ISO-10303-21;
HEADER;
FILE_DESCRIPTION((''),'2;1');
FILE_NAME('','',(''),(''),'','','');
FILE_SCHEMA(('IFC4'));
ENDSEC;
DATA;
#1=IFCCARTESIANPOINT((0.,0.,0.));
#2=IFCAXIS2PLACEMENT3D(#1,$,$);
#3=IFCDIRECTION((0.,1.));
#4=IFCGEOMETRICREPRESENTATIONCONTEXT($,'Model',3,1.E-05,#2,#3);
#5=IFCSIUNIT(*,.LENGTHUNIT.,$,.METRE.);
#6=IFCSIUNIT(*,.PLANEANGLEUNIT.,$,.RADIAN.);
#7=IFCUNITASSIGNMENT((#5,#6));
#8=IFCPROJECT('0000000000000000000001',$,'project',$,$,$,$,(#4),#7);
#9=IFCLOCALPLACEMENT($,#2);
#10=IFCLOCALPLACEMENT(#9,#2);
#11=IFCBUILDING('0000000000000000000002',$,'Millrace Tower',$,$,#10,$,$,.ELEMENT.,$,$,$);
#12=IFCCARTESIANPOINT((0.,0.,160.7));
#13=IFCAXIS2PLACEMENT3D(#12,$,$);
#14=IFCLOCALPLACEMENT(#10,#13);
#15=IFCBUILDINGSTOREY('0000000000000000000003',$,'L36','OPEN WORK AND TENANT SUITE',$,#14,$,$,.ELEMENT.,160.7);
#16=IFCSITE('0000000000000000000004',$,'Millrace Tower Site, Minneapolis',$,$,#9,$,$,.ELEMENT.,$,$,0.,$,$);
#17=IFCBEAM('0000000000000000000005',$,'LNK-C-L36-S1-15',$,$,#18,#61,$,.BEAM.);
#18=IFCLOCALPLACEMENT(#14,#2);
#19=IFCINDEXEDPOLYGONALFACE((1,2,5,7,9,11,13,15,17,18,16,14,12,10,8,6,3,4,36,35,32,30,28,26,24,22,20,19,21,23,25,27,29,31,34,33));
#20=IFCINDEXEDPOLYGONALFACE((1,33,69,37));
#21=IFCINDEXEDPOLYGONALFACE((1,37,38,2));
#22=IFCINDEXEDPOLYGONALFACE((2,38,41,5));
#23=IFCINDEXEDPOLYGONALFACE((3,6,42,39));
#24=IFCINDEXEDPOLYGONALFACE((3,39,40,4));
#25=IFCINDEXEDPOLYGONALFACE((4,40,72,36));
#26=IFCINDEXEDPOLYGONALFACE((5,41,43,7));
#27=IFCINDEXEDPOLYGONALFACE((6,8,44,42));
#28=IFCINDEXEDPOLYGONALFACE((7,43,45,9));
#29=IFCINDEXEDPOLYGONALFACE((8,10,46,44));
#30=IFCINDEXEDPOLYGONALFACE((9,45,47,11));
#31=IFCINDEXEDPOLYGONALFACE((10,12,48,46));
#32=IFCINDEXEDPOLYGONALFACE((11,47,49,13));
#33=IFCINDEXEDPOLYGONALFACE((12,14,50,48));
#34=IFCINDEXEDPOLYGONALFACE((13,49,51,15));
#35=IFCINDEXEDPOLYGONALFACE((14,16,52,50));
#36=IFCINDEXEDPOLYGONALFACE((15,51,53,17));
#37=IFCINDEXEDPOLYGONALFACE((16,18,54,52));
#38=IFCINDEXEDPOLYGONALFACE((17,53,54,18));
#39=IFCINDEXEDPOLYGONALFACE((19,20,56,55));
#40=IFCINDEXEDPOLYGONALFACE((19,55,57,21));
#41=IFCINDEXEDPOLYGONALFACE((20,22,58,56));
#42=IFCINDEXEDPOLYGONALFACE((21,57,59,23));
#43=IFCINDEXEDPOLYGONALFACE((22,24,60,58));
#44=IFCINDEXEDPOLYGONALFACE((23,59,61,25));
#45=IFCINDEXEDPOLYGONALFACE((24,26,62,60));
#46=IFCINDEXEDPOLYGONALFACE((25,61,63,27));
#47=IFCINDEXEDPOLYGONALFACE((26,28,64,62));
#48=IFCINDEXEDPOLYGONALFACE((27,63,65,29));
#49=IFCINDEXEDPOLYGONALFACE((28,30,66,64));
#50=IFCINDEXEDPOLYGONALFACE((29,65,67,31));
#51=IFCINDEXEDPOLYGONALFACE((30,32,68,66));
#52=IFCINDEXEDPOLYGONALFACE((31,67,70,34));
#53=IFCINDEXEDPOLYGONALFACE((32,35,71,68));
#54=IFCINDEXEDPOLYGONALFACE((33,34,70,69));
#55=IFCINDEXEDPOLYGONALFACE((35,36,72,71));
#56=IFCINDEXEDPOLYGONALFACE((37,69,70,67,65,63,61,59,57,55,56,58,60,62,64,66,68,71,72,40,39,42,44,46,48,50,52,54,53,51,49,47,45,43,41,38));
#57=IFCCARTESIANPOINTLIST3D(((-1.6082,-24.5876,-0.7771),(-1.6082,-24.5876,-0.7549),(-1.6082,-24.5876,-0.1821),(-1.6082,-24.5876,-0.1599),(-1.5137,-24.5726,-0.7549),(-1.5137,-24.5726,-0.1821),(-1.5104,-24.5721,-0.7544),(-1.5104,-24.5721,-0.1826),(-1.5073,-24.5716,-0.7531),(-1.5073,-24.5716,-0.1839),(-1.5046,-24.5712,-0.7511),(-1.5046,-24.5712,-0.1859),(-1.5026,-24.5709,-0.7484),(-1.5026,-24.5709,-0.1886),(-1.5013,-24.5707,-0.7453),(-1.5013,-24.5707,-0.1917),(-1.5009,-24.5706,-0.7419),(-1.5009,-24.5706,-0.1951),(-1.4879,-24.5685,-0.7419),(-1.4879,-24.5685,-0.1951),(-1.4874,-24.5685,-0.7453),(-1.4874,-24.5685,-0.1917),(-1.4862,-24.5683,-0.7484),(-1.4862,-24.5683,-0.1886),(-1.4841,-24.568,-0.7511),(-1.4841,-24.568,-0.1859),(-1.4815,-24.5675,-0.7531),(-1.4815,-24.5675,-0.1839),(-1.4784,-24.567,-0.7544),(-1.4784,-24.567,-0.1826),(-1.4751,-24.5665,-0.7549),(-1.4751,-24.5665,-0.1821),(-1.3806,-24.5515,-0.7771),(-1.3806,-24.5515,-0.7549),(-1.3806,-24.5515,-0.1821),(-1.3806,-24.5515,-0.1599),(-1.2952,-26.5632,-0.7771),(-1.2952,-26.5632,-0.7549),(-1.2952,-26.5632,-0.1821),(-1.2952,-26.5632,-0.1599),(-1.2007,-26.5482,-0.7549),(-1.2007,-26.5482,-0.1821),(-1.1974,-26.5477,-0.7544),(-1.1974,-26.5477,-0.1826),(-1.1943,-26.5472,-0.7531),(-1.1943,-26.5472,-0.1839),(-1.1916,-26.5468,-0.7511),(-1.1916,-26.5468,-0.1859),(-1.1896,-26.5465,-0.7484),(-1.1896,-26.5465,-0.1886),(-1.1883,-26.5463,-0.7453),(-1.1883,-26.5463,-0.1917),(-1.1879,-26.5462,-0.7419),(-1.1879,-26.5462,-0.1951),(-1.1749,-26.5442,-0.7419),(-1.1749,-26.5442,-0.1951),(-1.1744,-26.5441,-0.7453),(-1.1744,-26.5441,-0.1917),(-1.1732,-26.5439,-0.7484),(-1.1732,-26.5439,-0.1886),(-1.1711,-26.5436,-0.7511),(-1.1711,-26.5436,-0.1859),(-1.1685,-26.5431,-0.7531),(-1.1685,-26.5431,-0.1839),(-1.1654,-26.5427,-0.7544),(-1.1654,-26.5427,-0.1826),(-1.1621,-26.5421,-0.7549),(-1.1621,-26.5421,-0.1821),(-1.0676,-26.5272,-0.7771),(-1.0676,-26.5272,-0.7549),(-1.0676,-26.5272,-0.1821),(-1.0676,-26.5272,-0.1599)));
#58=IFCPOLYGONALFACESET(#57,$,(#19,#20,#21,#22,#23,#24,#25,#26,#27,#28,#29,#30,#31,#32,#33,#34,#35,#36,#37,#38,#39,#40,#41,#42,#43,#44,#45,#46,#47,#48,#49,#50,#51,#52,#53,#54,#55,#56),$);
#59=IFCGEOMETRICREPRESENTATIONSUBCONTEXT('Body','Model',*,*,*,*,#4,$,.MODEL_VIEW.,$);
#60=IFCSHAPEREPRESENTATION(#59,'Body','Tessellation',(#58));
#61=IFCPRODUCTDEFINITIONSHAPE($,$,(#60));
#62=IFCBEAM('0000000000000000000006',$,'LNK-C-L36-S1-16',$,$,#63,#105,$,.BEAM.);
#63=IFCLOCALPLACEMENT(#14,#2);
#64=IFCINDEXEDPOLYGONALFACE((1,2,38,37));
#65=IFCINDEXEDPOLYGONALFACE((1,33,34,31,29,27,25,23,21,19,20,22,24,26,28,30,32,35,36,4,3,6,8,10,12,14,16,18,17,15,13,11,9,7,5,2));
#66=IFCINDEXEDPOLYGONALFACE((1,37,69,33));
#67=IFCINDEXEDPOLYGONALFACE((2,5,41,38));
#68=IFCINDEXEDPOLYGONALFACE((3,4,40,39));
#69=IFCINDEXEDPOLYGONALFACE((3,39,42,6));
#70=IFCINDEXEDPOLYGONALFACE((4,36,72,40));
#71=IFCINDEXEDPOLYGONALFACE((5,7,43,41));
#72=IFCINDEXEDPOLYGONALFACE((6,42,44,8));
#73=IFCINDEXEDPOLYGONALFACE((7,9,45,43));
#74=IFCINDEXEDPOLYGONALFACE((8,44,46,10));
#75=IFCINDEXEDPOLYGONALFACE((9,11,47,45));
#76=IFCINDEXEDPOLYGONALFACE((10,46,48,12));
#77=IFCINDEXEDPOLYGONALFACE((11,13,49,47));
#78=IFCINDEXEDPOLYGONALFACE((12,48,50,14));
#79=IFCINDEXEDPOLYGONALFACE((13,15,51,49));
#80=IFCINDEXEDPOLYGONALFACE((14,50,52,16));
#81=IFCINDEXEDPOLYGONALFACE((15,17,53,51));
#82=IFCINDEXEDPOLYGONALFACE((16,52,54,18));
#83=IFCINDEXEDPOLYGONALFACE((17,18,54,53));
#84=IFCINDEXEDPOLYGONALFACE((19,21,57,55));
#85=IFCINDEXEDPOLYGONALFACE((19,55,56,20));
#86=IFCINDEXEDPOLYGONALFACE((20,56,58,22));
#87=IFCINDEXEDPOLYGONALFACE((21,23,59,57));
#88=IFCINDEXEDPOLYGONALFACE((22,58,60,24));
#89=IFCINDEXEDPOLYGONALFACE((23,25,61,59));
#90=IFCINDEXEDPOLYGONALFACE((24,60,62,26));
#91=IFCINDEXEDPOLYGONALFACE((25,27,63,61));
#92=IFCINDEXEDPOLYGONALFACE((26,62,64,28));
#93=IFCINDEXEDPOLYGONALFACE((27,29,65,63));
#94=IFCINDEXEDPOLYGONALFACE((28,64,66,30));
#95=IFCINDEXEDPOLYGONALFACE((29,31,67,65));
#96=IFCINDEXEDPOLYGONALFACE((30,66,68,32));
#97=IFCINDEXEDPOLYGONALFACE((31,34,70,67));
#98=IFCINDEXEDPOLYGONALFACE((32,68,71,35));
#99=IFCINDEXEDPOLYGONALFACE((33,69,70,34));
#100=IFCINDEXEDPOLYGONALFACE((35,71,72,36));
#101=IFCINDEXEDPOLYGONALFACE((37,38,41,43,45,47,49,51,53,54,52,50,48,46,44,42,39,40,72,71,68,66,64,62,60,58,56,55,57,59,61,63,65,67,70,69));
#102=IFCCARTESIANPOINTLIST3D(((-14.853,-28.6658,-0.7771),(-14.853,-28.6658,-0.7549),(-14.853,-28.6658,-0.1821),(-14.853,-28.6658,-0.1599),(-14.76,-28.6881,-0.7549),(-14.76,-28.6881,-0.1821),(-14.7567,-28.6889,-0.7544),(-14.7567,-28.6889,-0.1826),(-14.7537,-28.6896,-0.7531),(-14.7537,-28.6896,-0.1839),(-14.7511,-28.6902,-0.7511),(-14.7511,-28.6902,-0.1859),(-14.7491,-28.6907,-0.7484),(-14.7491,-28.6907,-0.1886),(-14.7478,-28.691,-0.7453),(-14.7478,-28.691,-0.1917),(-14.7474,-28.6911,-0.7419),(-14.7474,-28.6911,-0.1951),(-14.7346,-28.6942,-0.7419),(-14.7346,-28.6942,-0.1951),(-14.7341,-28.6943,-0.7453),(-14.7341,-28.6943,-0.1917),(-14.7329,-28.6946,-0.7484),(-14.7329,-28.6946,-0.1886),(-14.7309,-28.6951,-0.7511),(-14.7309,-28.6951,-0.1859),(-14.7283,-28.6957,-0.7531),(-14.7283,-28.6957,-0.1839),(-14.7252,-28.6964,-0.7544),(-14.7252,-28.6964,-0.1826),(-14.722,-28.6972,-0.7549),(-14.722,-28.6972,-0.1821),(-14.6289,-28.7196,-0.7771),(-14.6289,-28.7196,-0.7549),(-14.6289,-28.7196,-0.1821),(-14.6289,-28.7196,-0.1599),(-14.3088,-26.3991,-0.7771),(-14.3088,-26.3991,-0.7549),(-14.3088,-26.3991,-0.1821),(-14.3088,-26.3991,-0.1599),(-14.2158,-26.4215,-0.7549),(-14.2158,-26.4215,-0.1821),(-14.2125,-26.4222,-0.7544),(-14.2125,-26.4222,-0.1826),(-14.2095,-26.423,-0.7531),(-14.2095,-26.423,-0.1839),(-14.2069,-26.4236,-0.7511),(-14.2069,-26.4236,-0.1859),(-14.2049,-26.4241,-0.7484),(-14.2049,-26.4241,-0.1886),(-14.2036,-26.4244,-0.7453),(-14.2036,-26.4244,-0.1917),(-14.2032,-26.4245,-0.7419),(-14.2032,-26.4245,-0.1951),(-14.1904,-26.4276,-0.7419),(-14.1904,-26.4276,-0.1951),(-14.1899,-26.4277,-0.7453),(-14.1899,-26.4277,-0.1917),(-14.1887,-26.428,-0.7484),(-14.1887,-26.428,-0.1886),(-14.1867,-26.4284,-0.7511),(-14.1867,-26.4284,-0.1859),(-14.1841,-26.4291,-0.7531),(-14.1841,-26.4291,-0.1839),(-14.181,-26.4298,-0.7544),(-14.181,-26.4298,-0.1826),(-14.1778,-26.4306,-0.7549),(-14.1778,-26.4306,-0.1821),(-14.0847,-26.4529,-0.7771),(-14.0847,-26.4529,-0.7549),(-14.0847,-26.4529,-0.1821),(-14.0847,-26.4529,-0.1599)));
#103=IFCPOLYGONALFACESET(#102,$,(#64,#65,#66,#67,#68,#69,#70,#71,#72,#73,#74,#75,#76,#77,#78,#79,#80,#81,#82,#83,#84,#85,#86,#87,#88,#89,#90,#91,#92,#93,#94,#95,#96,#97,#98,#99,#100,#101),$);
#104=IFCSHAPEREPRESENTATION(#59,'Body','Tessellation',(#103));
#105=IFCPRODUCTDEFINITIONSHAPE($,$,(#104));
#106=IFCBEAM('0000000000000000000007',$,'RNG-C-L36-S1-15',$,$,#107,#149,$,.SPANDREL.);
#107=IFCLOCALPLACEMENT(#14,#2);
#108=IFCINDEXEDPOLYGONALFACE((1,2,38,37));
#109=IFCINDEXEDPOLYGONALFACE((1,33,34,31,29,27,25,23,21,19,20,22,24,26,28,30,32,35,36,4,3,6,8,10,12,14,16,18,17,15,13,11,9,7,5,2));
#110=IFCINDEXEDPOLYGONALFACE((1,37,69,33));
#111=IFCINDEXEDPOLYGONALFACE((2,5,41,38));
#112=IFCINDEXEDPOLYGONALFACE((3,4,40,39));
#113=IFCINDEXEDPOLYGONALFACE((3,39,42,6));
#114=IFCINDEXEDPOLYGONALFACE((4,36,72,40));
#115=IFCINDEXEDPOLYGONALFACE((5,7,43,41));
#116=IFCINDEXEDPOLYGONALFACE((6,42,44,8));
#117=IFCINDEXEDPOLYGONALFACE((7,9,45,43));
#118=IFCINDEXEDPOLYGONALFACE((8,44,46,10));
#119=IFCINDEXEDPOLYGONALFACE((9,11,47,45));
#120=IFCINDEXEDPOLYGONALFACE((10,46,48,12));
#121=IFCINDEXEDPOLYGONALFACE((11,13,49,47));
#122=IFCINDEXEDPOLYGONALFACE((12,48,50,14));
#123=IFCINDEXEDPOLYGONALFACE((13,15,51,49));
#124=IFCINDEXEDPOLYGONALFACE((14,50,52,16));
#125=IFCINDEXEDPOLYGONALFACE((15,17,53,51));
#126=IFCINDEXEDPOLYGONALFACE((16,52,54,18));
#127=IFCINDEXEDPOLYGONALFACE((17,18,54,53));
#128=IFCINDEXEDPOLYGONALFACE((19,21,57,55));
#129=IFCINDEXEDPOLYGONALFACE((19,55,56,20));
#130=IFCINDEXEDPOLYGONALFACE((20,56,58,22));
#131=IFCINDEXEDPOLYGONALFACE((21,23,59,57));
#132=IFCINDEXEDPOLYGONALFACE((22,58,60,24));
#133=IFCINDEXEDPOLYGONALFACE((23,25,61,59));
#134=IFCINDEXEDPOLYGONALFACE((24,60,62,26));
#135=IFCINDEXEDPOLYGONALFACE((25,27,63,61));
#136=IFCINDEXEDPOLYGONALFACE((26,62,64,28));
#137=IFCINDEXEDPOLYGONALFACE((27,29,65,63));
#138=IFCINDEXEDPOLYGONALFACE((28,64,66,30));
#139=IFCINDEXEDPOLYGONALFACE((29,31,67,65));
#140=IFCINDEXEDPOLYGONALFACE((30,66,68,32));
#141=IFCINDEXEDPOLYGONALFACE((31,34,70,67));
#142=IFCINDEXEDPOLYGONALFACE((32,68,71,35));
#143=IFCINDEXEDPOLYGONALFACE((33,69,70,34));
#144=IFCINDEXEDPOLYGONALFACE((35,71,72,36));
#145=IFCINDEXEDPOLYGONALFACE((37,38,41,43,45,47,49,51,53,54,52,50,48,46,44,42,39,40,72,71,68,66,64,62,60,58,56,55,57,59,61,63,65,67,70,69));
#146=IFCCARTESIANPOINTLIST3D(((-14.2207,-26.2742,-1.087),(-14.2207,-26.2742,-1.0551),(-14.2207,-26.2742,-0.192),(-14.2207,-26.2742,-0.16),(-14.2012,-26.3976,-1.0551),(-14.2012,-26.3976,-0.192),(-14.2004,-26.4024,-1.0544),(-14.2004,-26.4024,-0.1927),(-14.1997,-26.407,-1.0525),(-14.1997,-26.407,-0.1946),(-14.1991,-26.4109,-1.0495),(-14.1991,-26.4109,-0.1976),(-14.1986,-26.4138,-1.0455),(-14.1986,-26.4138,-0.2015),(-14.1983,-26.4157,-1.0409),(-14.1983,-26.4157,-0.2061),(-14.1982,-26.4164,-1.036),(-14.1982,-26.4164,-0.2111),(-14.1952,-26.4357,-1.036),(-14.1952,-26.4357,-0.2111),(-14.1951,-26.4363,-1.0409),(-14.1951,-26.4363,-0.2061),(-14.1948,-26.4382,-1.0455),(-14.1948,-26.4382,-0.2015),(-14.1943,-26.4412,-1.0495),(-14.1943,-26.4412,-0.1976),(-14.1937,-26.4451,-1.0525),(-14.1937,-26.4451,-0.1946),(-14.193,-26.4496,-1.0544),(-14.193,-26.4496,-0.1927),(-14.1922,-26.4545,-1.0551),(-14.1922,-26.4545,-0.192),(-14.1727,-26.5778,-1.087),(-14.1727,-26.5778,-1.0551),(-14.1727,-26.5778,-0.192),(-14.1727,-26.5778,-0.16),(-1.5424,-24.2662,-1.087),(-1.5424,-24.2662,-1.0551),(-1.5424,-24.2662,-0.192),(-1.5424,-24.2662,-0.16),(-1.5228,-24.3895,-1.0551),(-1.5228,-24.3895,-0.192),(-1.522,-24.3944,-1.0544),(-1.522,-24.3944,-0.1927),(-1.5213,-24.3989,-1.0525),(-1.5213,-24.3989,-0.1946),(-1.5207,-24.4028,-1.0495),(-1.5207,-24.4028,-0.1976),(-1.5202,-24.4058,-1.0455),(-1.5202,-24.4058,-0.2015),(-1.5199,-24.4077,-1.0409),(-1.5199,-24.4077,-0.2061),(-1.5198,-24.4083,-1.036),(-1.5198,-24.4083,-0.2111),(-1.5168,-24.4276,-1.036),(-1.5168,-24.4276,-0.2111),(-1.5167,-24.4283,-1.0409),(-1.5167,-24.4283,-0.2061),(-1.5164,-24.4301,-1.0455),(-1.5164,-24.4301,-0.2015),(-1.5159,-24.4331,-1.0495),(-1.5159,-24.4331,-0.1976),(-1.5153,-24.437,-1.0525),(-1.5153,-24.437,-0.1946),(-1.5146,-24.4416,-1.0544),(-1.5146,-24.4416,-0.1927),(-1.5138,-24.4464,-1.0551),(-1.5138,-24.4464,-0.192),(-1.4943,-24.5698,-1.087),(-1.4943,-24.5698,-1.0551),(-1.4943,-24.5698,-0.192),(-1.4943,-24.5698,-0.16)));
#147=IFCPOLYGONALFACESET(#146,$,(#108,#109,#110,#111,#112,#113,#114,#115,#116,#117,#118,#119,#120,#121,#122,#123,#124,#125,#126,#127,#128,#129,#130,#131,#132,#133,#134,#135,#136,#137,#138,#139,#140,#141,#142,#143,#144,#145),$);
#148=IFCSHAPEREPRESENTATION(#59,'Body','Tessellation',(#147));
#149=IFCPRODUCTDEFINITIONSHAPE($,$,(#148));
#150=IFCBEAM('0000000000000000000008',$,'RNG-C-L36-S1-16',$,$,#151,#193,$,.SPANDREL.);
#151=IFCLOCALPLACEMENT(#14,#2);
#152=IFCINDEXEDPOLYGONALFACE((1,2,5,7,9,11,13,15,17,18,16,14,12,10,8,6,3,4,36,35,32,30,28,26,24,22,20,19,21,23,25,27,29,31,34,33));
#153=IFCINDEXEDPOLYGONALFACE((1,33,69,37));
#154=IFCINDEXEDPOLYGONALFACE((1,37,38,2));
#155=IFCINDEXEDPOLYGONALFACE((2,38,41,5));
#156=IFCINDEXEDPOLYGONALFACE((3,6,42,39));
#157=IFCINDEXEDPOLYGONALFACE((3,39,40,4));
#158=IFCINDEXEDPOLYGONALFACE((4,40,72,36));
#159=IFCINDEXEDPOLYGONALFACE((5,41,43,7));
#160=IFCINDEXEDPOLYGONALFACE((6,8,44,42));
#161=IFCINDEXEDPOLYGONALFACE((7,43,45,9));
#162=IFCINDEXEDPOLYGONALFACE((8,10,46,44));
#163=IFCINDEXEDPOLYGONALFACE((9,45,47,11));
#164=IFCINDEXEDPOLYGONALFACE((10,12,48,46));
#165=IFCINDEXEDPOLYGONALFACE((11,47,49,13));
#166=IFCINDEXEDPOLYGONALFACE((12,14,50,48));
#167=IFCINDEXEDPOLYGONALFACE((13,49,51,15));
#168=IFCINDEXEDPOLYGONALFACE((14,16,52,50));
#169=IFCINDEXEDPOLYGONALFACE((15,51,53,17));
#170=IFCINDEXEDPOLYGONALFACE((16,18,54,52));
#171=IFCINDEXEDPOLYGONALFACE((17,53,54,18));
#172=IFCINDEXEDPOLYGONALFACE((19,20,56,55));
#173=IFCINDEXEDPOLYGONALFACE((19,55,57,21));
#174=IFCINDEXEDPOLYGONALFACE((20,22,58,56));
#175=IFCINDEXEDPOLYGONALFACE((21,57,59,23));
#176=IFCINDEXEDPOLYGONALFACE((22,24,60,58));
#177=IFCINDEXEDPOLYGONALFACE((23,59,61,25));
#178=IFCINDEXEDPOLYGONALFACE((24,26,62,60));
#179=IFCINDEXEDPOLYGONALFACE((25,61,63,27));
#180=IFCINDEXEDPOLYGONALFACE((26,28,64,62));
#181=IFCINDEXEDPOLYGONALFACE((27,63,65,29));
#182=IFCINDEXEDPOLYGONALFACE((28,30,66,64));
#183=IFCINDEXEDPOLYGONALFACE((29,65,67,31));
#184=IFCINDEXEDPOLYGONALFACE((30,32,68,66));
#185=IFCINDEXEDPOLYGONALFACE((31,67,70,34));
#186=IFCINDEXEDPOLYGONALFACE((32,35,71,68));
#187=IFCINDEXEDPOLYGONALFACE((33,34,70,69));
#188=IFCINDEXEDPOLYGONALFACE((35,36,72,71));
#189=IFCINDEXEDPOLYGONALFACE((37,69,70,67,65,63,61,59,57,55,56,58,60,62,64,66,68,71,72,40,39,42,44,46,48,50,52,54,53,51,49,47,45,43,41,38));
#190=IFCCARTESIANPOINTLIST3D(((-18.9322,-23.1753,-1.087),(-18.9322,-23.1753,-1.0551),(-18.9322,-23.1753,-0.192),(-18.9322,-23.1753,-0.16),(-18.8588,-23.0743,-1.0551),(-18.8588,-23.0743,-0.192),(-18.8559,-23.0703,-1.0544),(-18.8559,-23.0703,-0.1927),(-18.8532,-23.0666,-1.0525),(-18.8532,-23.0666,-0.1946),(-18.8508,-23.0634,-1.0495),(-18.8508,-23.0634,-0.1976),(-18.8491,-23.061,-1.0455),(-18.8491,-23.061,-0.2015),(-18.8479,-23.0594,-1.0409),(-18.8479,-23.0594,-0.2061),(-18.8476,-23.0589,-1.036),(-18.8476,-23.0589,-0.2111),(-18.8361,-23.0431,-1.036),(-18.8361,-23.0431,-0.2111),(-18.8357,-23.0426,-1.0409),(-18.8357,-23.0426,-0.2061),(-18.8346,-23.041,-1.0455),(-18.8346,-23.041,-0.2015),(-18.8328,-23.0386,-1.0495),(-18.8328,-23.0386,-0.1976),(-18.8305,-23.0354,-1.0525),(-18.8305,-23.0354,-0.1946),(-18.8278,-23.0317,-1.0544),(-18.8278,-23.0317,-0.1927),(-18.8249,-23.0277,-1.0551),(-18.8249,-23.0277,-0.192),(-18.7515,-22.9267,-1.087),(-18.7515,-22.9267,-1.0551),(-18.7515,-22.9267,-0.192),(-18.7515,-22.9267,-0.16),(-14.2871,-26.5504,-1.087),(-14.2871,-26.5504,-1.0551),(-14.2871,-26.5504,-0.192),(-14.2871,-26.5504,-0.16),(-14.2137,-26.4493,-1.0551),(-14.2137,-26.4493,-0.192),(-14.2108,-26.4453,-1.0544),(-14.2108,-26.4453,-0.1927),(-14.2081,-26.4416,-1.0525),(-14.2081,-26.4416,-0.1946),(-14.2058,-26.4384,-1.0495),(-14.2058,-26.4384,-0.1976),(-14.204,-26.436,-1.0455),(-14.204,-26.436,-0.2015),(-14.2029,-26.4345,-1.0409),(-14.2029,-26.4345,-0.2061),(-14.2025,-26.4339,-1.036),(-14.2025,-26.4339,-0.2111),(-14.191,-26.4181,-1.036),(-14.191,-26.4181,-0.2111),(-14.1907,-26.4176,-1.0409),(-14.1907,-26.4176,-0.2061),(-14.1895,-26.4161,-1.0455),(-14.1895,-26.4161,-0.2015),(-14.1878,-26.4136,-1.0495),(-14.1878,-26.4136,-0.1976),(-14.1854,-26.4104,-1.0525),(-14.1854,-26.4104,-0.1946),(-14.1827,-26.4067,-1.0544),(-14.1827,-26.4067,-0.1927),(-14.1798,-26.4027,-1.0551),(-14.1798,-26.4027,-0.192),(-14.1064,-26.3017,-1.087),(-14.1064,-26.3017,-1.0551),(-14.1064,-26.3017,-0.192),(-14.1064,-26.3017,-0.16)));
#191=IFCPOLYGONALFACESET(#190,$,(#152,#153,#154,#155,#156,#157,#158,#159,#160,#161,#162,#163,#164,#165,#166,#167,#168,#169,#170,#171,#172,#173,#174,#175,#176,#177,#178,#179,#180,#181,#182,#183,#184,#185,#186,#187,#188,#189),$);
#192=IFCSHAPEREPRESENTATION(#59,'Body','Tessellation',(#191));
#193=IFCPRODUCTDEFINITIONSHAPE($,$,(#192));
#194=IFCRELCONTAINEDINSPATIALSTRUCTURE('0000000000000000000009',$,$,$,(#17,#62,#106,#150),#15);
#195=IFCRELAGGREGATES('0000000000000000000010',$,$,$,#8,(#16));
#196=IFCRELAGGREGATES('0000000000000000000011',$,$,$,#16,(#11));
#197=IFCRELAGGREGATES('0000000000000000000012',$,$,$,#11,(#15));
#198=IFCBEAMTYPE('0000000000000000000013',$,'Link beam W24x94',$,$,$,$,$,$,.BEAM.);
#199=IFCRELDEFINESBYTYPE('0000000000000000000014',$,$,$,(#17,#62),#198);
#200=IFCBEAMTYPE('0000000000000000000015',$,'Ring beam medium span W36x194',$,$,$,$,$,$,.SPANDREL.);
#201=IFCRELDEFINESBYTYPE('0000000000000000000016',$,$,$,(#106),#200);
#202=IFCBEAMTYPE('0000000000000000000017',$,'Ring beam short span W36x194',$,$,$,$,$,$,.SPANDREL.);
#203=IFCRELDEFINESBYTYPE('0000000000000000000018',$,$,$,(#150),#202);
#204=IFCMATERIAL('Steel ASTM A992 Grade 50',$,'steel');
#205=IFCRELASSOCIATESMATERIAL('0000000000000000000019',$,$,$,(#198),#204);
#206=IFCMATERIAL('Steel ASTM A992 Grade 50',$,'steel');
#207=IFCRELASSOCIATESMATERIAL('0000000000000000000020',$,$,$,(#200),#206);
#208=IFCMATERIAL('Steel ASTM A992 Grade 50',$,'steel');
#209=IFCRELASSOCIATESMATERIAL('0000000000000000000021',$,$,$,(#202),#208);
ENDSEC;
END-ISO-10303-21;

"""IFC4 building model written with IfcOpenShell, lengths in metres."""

from ifc_helpers import new_model, si_unit, direction, frame, origin, origin_2d, place, context, subcontext, project, spatial, i_section, extrude, material, material_profile, profile_set, type_object, element, save


model = new_model("IFC4")

# Units and contexts
model_context = context("Model", 3, precision=1e-05, world=origin(), true_north=direction((0.0, 1.0)))
body_context = subcontext(model_context, "Body", "Model", "MODEL_VIEW")
ifc_project = project(units=[si_unit("LENGTHUNIT", "METRE"), si_unit("PLANEANGLEUNIT", "RADIAN")], contexts=[model_context])

# Site, building, storey
site_placement = place(None, origin())
site = spatial("IfcSite", under=ifc_project, at=site_placement, Name="Millrace Tower Site, Minneapolis", CompositionType="ELEMENT", RefElevation=0.0)
building_placement = place(site_placement, origin())
building = spatial("IfcBuilding", under=site, at=building_placement, Name="Millrace Tower", CompositionType="ELEMENT")
storey_placement = place(building_placement, frame((0.0, 0.0, 160.7)))
storey = spatial("IfcBuildingStorey", under=building, at=storey_placement, Name="L36", Description="OPEN WORK AND TENANT SUITE", CompositionType="ELEMENT", Elevation=160.7)

# Beams
ifc_material_1 = material(Name="Steel ASTM A992 Grade 50", Category="steel")
ifc_material_profile_1 = material_profile(ifc_material_1, i_section(OverallWidth=0.2305, OverallDepth=0.6172, WebThickness=0.0132, FlangeThickness=0.0222, FilletRadius=0.0129, at=origin_2d()))
ifc_profile_set_1 = profile_set([ifc_material_profile_1], Name="Steel ASTM A992 Grade 50")
beam_type_1 = type_object("IfcBeamType", Name="Link beam W24x94", PredefinedType="BEAM", material=ifc_profile_set_1)
beam_1_placement = place(storey_placement, frame((-1.4944, -24.5696, -0.4685), z_axis=(0.156477, -0.987682, 0.0), x_axis=(0.987682, 0.156477, 0.0)))
element("IfcBeam", 1, at=beam_1_placement, inside=storey, type_object=beam_type_1, Name="LNK-C-L36-S1-15", PredefinedType="BEAM", context=body_context, shape_type="SweptSolid", body=[
    extrude(i_section(OverallWidth=0.2305, OverallDepth=0.6172, WebThickness=0.0132, FlangeThickness=0.0222, FilletRadius=0.0129, at=origin_2d()), origin(), (0.0, 0.0, 1.0), 2.0002),
])
beam_2_placement = place(storey_placement, frame((-14.1968, -26.426, -0.4685), z_axis=(-0.233456, -0.972367, 0.0), x_axis=(0.972367, -0.233456, 0.0)))
element("IfcBeam", 2, at=beam_2_placement, inside=storey, type_object=beam_type_1, Name="LNK-C-L36-S1-16", PredefinedType="BEAM", context=body_context, shape_type="SweptSolid", body=[
    extrude(i_section(OverallWidth=0.2305, OverallDepth=0.6172, WebThickness=0.0132, FlangeThickness=0.0222, FilletRadius=0.0129, at=origin_2d()), origin(), (0.0, 0.0, 1.0), 2.3311),
])
ifc_material_2 = material(Name="Steel ASTM A992 Grade 50", Category="steel")
ifc_material_profile_2 = material_profile(ifc_material_2, i_section(OverallWidth=0.3074, OverallDepth=0.927, WebThickness=0.0195, FlangeThickness=0.032, FilletRadius=0.019, at=origin_2d()))
ifc_profile_set_2 = profile_set([ifc_material_profile_2], Name="Steel ASTM A992 Grade 50")
beam_type_2 = type_object("IfcBeamType", Name="Ring beam medium span W36x194", PredefinedType="SPANDREL", material=ifc_profile_set_2)
beam_3_placement = place(storey_placement, frame((-1.5183, -24.418, -0.6235), z_axis=(-0.987689, -0.156433, 0.0), x_axis=(0.156433, -0.987689, 0.0)))
element("IfcBeam", 3, at=beam_3_placement, inside=storey, type_object=beam_type_2, Name="RNG-C-L36-S1-15", PredefinedType="SPANDREL", context=body_context, shape_type="SweptSolid", body=[
    extrude(i_section(OverallWidth=0.3074, OverallDepth=0.927, WebThickness=0.0195, FlangeThickness=0.032, FilletRadius=0.019, at=origin_2d()), origin(), (0.0, 0.0, 1.0), 12.8364),
])
ifc_material_3 = material(Name="Steel ASTM A992 Grade 50", Category="steel")
ifc_material_profile_3 = material_profile(ifc_material_3, i_section(OverallWidth=0.3074, OverallDepth=0.927, WebThickness=0.0195, FlangeThickness=0.032, FilletRadius=0.019, at=origin_2d()))
ifc_profile_set_3 = profile_set([ifc_material_profile_3], Name="Steel ASTM A992 Grade 50")
beam_type_3 = type_object("IfcBeamType", Name="Ring beam short span W36x194", PredefinedType="SPANDREL", material=ifc_profile_set_3)
beam_4_placement = place(storey_placement, frame((-14.1968, -26.426, -0.6235), z_axis=(-0.809001, 0.587808, 0.0), x_axis=(-0.587808, -0.809001, 0.0)))
element("IfcBeam", 4, at=beam_4_placement, inside=storey, type_object=beam_type_3, Name="RNG-C-L36-S1-16", PredefinedType="SPANDREL", context=body_context, shape_type="SweptSolid", body=[
    extrude(i_section(OverallWidth=0.3074, OverallDepth=0.927, WebThickness=0.0195, FlangeThickness=0.032, FilletRadius=0.019, at=origin_2d()), origin(), (0.0, 0.0, 1.0), 5.7417),
])

save(model, "model.ifc")
